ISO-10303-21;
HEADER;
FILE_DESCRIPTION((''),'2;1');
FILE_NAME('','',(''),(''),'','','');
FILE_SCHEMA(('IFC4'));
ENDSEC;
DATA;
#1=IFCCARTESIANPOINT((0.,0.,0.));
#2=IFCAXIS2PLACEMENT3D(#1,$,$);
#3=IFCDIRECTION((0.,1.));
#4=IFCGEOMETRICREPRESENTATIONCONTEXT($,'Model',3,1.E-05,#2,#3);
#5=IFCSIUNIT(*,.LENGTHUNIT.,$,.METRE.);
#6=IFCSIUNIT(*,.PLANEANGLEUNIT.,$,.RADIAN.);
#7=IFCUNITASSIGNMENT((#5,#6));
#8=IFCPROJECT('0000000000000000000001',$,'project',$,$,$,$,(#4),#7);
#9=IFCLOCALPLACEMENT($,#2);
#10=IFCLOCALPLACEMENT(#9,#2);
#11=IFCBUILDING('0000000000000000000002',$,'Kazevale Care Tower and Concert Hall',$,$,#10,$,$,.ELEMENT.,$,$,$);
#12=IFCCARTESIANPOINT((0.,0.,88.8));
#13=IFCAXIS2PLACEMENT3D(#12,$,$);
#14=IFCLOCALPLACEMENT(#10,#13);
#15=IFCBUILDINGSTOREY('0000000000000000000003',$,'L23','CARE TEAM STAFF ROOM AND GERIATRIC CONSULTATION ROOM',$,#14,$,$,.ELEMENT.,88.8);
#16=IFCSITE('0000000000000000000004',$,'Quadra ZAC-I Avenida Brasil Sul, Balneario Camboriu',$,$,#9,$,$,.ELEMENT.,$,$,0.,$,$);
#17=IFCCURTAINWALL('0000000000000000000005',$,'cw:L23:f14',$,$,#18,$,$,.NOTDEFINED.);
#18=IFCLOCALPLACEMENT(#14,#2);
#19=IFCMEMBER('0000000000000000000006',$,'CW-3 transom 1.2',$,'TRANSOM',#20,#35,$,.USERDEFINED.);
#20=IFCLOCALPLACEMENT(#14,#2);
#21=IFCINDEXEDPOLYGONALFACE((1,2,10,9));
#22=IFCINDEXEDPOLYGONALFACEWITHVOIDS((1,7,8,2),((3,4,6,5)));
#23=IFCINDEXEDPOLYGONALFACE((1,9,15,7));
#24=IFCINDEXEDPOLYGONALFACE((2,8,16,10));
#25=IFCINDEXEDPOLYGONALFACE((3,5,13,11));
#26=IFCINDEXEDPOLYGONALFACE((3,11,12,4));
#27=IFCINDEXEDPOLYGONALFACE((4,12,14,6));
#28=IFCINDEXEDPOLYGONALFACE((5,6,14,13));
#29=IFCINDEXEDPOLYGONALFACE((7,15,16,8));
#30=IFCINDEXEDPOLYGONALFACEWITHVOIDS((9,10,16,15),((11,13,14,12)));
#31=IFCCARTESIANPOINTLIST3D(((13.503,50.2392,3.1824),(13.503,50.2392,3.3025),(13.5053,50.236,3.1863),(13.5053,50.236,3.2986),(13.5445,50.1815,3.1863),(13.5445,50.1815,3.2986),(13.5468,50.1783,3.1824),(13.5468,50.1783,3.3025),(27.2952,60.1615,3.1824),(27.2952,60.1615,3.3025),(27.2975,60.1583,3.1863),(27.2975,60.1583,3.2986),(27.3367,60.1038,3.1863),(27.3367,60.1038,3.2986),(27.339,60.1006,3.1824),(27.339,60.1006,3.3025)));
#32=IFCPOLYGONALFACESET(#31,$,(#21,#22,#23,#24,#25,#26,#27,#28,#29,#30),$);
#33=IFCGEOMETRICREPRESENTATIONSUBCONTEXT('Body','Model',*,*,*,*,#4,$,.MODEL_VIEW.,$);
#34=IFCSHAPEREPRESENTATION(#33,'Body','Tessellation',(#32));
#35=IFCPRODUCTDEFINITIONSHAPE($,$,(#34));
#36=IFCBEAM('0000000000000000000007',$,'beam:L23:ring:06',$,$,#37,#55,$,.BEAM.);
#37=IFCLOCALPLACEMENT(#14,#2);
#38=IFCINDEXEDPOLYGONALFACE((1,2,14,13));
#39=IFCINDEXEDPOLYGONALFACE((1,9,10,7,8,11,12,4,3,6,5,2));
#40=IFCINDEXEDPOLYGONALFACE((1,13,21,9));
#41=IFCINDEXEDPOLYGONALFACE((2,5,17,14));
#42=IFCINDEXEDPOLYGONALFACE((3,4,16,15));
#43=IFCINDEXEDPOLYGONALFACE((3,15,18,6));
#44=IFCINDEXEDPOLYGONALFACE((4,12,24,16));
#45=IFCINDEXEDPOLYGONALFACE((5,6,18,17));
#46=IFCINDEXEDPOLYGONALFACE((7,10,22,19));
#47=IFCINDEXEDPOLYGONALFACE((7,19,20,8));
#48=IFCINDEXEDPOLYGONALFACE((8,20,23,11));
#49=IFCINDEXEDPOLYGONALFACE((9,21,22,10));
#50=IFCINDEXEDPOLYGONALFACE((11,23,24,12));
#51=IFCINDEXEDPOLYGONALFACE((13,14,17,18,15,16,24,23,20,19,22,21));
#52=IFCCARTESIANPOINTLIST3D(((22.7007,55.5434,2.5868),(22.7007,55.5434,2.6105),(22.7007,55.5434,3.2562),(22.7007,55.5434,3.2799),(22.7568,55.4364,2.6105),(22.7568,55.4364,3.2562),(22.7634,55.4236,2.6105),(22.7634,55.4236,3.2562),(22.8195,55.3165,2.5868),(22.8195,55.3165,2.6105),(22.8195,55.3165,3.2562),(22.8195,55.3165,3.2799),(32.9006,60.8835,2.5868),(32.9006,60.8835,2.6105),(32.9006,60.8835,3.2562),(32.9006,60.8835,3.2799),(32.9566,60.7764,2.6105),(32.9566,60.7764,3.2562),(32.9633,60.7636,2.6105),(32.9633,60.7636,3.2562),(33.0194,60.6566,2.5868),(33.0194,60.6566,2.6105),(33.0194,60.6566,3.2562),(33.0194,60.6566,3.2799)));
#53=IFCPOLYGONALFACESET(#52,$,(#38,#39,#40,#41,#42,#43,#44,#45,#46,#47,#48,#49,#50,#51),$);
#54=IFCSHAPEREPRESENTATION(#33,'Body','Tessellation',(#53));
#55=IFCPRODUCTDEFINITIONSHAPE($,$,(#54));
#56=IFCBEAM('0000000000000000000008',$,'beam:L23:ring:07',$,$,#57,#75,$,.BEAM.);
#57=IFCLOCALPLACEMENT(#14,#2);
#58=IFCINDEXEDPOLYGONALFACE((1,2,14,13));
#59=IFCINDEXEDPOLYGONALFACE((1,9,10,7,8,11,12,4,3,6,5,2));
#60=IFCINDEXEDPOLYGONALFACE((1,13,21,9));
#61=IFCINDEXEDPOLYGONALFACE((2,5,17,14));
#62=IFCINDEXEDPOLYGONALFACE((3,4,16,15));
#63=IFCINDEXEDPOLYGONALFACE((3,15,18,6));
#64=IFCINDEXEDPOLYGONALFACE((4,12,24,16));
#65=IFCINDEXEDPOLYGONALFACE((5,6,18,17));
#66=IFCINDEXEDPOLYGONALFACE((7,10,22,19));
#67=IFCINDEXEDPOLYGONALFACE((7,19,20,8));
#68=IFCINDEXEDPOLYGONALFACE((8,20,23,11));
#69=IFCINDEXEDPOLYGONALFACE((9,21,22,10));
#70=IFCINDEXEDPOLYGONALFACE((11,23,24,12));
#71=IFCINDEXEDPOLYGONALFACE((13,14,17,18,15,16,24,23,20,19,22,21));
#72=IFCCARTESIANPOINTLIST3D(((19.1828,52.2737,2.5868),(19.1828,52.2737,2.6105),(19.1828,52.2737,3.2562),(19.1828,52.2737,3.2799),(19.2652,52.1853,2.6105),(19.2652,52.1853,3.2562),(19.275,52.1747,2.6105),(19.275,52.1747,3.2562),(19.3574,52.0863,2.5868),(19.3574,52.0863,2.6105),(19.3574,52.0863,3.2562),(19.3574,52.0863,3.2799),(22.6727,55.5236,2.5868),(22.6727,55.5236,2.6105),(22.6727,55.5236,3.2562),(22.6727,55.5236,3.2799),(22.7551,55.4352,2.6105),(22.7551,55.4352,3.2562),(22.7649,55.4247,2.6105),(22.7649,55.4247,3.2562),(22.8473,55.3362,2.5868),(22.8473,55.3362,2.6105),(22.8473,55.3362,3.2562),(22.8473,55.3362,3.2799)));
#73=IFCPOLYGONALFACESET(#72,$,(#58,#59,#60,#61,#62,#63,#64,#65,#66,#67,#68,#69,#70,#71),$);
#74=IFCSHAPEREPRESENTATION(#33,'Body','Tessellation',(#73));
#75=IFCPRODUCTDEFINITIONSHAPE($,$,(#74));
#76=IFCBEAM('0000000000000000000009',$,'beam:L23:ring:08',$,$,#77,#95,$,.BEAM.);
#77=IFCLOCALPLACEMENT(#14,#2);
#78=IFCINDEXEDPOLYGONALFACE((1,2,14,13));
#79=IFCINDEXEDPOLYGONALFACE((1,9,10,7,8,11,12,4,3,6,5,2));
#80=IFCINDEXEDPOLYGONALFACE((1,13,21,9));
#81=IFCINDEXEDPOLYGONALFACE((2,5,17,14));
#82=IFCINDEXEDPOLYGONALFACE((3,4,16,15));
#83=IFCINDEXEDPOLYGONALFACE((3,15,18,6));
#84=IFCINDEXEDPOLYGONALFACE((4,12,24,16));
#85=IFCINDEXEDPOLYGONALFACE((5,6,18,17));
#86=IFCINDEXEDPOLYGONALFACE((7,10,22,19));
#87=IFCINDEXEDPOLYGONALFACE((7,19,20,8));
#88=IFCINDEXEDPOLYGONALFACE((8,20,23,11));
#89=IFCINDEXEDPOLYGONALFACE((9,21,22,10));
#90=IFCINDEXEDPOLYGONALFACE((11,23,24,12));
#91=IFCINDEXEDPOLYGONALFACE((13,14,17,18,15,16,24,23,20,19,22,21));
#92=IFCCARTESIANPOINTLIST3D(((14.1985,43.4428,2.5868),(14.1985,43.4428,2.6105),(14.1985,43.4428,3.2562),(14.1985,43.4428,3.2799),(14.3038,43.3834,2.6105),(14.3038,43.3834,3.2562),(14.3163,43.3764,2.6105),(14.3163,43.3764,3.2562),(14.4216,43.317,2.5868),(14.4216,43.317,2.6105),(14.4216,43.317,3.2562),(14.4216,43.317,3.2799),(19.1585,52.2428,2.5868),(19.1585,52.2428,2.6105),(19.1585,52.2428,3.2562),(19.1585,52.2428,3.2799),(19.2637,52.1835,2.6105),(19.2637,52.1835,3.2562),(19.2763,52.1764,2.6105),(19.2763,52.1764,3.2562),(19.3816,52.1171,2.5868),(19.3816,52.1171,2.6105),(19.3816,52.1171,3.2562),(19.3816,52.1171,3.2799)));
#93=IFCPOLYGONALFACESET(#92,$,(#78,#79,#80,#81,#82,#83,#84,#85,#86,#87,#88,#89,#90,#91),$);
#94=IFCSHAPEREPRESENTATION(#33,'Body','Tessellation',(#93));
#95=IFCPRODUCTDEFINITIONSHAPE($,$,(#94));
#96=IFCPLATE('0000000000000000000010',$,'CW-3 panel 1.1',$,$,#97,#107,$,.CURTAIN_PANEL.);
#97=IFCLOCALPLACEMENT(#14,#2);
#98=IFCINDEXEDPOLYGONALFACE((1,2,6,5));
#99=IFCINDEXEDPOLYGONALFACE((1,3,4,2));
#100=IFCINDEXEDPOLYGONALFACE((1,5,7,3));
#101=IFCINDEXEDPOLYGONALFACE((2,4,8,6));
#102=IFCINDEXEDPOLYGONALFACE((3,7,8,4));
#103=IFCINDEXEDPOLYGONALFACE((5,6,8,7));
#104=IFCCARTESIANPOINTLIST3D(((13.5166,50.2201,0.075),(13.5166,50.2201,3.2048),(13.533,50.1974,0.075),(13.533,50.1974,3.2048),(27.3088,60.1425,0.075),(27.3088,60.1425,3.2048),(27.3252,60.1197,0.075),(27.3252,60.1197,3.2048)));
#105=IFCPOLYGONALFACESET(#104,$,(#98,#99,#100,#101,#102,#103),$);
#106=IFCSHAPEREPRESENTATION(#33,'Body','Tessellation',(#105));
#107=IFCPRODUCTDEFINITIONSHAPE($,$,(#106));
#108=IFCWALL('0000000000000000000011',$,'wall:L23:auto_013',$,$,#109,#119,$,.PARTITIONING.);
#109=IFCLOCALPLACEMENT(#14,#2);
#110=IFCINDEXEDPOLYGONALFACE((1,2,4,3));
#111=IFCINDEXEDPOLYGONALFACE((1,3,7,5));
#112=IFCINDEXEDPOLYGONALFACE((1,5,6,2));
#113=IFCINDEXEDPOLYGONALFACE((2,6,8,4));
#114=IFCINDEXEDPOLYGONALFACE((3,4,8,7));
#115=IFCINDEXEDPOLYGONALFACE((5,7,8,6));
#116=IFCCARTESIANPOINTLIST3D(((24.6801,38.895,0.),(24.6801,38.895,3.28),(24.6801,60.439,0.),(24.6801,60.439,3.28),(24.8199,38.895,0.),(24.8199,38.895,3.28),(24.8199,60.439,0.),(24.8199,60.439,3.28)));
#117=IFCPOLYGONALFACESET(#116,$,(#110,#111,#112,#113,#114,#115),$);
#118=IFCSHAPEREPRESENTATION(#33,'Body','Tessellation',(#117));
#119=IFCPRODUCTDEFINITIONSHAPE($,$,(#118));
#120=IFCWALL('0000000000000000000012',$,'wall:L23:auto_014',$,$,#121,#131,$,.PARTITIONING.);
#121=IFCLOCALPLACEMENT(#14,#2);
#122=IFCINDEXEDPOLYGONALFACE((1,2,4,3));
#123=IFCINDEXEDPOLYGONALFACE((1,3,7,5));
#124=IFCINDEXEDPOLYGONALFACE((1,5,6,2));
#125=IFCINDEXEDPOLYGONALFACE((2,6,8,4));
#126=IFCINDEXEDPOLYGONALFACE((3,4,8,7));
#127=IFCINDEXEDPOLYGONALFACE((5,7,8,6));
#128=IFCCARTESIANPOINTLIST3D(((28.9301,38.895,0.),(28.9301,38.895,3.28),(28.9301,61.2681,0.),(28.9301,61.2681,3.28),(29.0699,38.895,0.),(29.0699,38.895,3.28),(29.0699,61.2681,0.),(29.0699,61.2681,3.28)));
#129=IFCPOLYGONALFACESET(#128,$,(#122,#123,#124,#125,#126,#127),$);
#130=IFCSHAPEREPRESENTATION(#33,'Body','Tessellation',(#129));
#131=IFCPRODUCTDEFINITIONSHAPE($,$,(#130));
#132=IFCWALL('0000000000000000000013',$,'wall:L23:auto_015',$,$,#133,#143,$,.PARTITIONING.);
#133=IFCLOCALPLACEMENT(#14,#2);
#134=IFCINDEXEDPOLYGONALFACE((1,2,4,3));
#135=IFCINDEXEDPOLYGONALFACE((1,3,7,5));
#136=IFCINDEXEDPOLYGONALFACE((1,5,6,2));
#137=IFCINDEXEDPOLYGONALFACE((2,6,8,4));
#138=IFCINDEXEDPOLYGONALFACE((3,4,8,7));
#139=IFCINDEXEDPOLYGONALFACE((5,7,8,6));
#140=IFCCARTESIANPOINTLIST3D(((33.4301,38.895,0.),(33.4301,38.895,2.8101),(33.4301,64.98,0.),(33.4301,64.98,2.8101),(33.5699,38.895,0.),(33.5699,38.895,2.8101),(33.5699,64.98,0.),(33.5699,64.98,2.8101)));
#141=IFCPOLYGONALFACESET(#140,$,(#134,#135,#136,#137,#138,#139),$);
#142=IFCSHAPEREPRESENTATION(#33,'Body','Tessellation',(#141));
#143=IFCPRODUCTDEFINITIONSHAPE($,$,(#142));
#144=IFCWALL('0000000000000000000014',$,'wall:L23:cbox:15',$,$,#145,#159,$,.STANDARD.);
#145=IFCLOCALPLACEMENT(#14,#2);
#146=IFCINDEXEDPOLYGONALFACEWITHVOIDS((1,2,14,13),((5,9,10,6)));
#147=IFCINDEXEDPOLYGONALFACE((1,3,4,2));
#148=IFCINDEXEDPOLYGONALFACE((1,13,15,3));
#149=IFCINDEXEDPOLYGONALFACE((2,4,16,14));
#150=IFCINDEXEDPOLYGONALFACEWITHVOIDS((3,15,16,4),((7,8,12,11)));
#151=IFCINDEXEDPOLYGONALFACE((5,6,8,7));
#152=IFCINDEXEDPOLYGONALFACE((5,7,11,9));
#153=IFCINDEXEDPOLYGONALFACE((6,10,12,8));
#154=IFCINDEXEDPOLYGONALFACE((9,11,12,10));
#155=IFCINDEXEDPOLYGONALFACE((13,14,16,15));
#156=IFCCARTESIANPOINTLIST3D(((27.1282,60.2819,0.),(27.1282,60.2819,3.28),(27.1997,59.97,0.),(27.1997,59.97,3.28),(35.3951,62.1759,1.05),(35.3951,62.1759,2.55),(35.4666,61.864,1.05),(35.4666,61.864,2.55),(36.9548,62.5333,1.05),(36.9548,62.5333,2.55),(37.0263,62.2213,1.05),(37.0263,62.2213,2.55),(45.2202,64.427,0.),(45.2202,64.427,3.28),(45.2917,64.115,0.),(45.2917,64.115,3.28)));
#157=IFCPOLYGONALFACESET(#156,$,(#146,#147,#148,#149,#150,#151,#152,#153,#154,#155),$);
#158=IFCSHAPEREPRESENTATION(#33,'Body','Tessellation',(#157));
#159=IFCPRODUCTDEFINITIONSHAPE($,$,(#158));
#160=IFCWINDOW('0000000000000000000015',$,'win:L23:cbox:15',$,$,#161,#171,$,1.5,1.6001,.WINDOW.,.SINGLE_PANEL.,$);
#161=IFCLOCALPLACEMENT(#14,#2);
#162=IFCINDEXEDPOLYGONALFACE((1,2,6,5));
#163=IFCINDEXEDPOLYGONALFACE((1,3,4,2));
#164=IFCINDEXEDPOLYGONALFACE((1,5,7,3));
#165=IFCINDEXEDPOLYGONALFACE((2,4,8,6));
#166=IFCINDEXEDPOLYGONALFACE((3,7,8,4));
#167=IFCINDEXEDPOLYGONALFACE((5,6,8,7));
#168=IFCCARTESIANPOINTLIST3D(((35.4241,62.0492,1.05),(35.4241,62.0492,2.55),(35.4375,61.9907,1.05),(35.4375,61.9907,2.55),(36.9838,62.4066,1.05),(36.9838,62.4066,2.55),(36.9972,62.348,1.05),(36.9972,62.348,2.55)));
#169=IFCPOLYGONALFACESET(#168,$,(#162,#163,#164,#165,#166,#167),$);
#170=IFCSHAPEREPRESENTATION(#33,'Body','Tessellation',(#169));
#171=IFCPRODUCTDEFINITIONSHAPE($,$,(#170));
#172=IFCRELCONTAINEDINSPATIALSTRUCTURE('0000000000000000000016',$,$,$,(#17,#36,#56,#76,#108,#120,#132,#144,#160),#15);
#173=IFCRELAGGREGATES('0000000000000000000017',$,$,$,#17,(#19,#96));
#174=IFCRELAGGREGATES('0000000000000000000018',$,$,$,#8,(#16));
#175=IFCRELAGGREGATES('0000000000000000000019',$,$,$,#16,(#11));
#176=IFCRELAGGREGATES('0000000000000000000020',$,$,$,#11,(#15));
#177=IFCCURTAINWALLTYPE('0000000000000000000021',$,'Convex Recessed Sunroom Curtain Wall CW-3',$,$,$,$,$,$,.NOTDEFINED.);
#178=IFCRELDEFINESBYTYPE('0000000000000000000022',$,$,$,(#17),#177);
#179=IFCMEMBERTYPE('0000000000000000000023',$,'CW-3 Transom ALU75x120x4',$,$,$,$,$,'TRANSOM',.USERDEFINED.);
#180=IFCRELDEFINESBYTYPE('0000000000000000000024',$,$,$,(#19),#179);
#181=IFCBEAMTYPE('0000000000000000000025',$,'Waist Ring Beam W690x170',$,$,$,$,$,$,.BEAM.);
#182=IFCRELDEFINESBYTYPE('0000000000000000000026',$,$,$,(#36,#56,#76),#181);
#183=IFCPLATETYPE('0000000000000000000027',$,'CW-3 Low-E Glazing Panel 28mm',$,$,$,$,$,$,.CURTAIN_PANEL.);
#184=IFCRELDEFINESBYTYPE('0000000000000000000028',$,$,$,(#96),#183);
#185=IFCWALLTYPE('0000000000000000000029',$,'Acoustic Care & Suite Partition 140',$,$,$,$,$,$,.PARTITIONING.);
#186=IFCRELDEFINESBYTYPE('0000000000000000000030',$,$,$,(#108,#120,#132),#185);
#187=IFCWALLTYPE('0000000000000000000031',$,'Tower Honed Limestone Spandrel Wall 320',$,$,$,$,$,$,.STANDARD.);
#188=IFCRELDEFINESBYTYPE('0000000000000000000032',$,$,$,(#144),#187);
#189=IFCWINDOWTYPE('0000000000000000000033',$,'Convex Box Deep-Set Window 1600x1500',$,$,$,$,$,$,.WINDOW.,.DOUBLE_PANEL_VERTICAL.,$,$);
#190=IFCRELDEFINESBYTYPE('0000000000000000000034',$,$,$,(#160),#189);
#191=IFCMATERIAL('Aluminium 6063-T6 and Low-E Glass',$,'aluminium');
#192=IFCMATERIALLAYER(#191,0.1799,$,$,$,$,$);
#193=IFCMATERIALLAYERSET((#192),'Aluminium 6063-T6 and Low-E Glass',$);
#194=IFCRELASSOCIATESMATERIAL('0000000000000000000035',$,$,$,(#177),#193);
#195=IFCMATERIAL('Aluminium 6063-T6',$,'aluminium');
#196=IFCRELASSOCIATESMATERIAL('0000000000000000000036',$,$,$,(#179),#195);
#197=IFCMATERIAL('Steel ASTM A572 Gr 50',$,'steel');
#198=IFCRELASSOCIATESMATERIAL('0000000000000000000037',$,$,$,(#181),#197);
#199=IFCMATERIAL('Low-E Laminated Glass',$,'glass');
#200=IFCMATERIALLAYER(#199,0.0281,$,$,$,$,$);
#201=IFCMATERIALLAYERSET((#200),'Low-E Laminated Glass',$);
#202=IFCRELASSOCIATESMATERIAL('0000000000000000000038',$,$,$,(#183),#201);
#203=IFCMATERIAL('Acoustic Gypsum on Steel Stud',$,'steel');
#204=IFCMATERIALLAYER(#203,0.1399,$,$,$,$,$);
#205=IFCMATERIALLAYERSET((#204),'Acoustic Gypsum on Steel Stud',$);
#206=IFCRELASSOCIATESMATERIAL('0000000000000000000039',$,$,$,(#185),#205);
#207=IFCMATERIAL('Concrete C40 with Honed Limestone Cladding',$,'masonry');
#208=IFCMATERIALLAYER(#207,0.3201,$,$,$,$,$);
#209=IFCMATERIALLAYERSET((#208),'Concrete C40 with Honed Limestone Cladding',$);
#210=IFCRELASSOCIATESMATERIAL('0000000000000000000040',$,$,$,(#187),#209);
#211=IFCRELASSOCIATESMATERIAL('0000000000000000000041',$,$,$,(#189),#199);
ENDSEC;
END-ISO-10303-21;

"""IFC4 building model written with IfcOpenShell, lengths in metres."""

from ifc_helpers import new_model, si_unit, direction, frame, frame_2d, origin, origin_2d, place, context, subcontext, project, spatial, rectangle, hollow_rectangle, i_section, extrude, material, layer, layer_set, material_profile, profile_set, type_object, element, fill, aggregate, save


model = new_model("IFC4")

# Units and contexts
model_context = context("Model", 3, precision=1e-05, world=origin(), true_north=direction((0.0, 1.0)))
body_context = subcontext(model_context, "Body", "Model", "MODEL_VIEW")
ifc_project = project(units=[si_unit("LENGTHUNIT", "METRE"), si_unit("PLANEANGLEUNIT", "RADIAN")], contexts=[model_context])

# Site, building, storey
site_placement = place(None, origin())
site = spatial("IfcSite", under=ifc_project, at=site_placement, Name="Quadra ZAC-I Avenida Brasil Sul, Balneario Camboriu", CompositionType="ELEMENT", RefElevation=0.0)
building_placement = place(site_placement, origin())
building = spatial("IfcBuilding", under=site, at=building_placement, Name="Kazevale Care Tower and Concert Hall", CompositionType="ELEMENT")
storey_placement = place(building_placement, frame((0.0, 0.0, 88.8)))
storey = spatial("IfcBuildingStorey", under=building, at=storey_placement, Name="L23", Description="CARE TEAM STAFF ROOM AND GERIATRIC CONSULTATION ROOM", CompositionType="ELEMENT", Elevation=88.8)

# Curtain wall, member
ifc_material_1 = material(Name="Aluminium 6063-T6 and Low-E Glass", Category="aluminium")
ifc_layer_1 = layer(ifc_material_1, 0.1799)
ifc_layer_set_1 = layer_set([ifc_layer_1], Name="Aluminium 6063-T6 and Low-E Glass")
curtain_wall_type = type_object("IfcCurtainWallType", Name="Convex Recessed Sunroom Curtain Wall CW-3", PredefinedType="NOTDEFINED", material=ifc_layer_set_1)
curtain_wall_placement = place(storey_placement, origin())
curtain_wall = element("IfcCurtainWall", 1, at=curtain_wall_placement, inside=storey, type_object=curtain_wall_type, Name="cw:L23:f14", PredefinedType="NOTDEFINED")
ifc_material_2 = material(Name="Aluminium 6063-T6", Category="aluminium")
ifc_material_profile_1 = material_profile(ifc_material_2, hollow_rectangle(XDim=0.075, YDim=0.1201, WallThickness=0.0039, at=origin_2d()), Name="ALU75x120x4")
ifc_profile_set_1 = profile_set([ifc_material_profile_1], Name="Aluminium 6063-T6")
member_type_1 = type_object("IfcMemberType", Name="CW-3 Transom ALU75x120x4", ElementType="TRANSOM", PredefinedType="USERDEFINED", material=ifc_profile_set_1)
member_1_placement = place(storey_placement, frame((13.5249, 50.2087, 3.2424), z_axis=(0.811759, 0.583993, 0.0), x_axis=(-0.583993, 0.811759, 0.0)))
member_1 = element("IfcMember", 2, at=member_1_placement, type_object=member_type_1, Name="CW-3 transom 1.2", ObjectType="TRANSOM", PredefinedType="USERDEFINED", context=body_context, shape_type="SweptSolid", body=[
    extrude(hollow_rectangle(XDim=0.075, YDim=0.1201, WallThickness=0.0039, at=origin_2d()), origin(), (0.0, 0.0, 1.0), 16.9905),
])

# Beams
ifc_material_3 = material(Name="Steel ASTM A572 Gr 50", Category="steel")
ifc_material_profile_2 = material_profile(ifc_material_3, i_section(OverallWidth=0.2561, OverallDepth=0.6931, WebThickness=0.0144, FlangeThickness=0.0237, at=origin_2d()), Name="W690x170")
ifc_profile_set_2 = profile_set([ifc_material_profile_2], Name="Steel ASTM A572 Gr 50")
beam_type = type_object("IfcBeamType", Name="Waist Ring Beam W690x170", PredefinedType="BEAM", material=ifc_profile_set_2)
beam_1_placement = place(storey_placement, frame((32.96, 60.77, 2.9333), z_axis=(-0.885929, -0.46382, 0.0), x_axis=(0.46382, -0.885929, 0.0)))
element("IfcBeam", 3, at=beam_1_placement, inside=storey, type_object=beam_type, Name="beam:L23:ring:06", PredefinedType="BEAM", context=body_context, shape_type="SweptSolid", body=[
    extrude(i_section(OverallWidth=0.2561, OverallDepth=0.6931, WebThickness=0.0144, FlangeThickness=0.0237, at=origin_2d()), origin(), (0.0, 0.0, 1.0), 11.5132),
])
beam_2_placement = place(storey_placement, frame((22.76, 55.4299, 2.9333), z_axis=(-0.731821, -0.681497, 0.0), x_axis=(0.681497, -0.731821, 0.0)))
element("IfcBeam", 4, at=beam_2_placement, inside=storey, type_object=beam_type, Name="beam:L23:ring:07", PredefinedType="BEAM", context=body_context, shape_type="SweptSolid", body=[
    extrude(i_section(OverallWidth=0.2561, OverallDepth=0.6931, WebThickness=0.0144, FlangeThickness=0.0237, at=origin_2d()), origin(), (0.0, 0.0, 1.0), 4.7688),
])
beam_3_placement = place(storey_placement, frame((19.27, 52.1799, 2.9333), z_axis=(-0.491008, -0.871155, 0.0), x_axis=(0.871155, -0.491008, 0.0)))
element("IfcBeam", 5, at=beam_3_placement, inside=storey, type_object=beam_type, Name="beam:L23:ring:08", PredefinedType="BEAM", context=body_context, shape_type="SweptSolid", body=[
    extrude(i_section(OverallWidth=0.2561, OverallDepth=0.6931, WebThickness=0.0144, FlangeThickness=0.0237, at=origin_2d()), origin(), (0.0, 0.0, 1.0), 10.1016),
])

# Plate
ifc_material_4 = material(Name="Low-E Laminated Glass", Category="glass")
ifc_layer_2 = layer(ifc_material_4, 0.0281)
ifc_layer_set_2 = layer_set([ifc_layer_2], Name="Low-E Laminated Glass")
plate_type = type_object("IfcPlateType", Name="CW-3 Low-E Glazing Panel 28mm", PredefinedType="CURTAIN_PANEL", material=ifc_layer_set_2)
plate_placement = place(storey_placement, frame((20.4209, 55.1699, 0.075), z_axis=(0.0, 0.0, 1.0), x_axis=(0.811758, 0.583994, 0.0)))
plate = element("IfcPlate", 6, at=plate_placement, type_object=plate_type, Name="CW-3 panel 1.1", PredefinedType="CURTAIN_PANEL", context=body_context, shape_type="SweptSolid", body=[
    extrude(rectangle(XDim=16.9905, YDim=0.0281, at=origin_2d()), origin(), (0.0, 0.0, 1.0), 3.1299),
])
aggregate(curtain_wall, [member_1, plate])

# Walls
ifc_material_5 = material(Name="Acoustic Gypsum on Steel Stud", Category="steel")
ifc_layer_3 = layer(ifc_material_5, 0.1399)
ifc_layer_set_3 = layer_set([ifc_layer_3], Name="Acoustic Gypsum on Steel Stud")
wall_type_1 = type_object("IfcWallType", Name="Acoustic Care & Suite Partition 140", PredefinedType="PARTITIONING", material=ifc_layer_set_3)
wall_1_placement = place(storey_placement, frame((24.75, 60.439, 0.0), z_axis=(0.0, 0.0, 1.0), x_axis=(0.0, -1.0, 0.0)))
element("IfcWall", 7, at=wall_1_placement, inside=storey, type_object=wall_type_1, Name="wall:L23:auto_013", PredefinedType="PARTITIONING", context=body_context, shape_type="SweptSolid", body=[
    extrude(rectangle(XDim=21.5439, YDim=0.1399, at=frame_2d((10.772, 0.0))), origin(), (0.0, 0.0, 1.0), 3.28),
])
wall_2_placement = place(storey_placement, frame((29.0, 61.2681, 0.0), z_axis=(0.0, 0.0, 1.0), x_axis=(0.0, -1.0, 0.0)))
element("IfcWall", 8, at=wall_2_placement, inside=storey, type_object=wall_type_1, Name="wall:L23:auto_014", PredefinedType="PARTITIONING", context=body_context, shape_type="SweptSolid", body=[
    extrude(rectangle(XDim=22.373, YDim=0.1399, at=frame_2d((11.1865, 0.0))), origin(), (0.0, 0.0, 1.0), 3.28),
])
wall_3_placement = place(storey_placement, frame((33.5, 64.98, 0.0), z_axis=(0.0, 0.0, 1.0), x_axis=(0.0, -1.0, 0.0)))
element("IfcWall", 9, at=wall_3_placement, inside=storey, type_object=wall_type_1, Name="wall:L23:auto_015", PredefinedType="PARTITIONING", context=body_context, shape_type="SweptSolid", body=[
    extrude(rectangle(XDim=26.085, YDim=0.1399, at=frame_2d((13.0425, 0.0))), origin(), (0.0, 0.0, 1.0), 2.8101),
])

# Wall, opening, window
ifc_material_6 = material(Name="Concrete C40 with Honed Limestone Cladding", Category="masonry")
ifc_layer_4 = layer(ifc_material_6, 0.3201)
ifc_layer_set_4 = layer_set([ifc_layer_4], Name="Concrete C40 with Honed Limestone Cladding")
wall_type_2 = type_object("IfcWallType", Name="Tower Honed Limestone Spandrel Wall 320", PredefinedType="STANDARD", material=ifc_layer_set_4)
wall_4_placement = place(storey_placement, frame((27.1641, 60.126, 0.0), z_axis=(0.0, 0.0, 1.0), x_axis=(0.974745, 0.223321, 0.0)))
wall_4 = element("IfcWall", 10, at=wall_4_placement, inside=storey, type_object=wall_type_2, Name="wall:L23:cbox:15", PredefinedType="STANDARD", context=body_context, shape_type="SweptSolid", body=[
    extrude(rectangle(XDim=18.5608, YDim=0.3201, at=frame_2d((9.2803, 0.0))), origin(), (0.0, 0.0, 1.0), 3.28),
])
opening_placement = place(wall_4_placement, frame((8.481, 0.0, 1.05)))
opening = element("IfcOpeningElement", 11, at=opening_placement, cuts=wall_4, PredefinedType="OPENING", context=body_context, shape_type="SweptSolid", body=[
    extrude(rectangle(XDim=1.6001, YDim=1.5, at=frame_2d((0.8, 0.75))), frame((0.0, 0.1699, 0.0), z_axis=(0.0, -1.0, 0.0), x_axis=(1.0, 0.0, 0.0)), (0.0, 0.0, 1.0), 0.3401),
])
window_type = type_object("IfcWindowType", Name="Convex Box Deep-Set Window 1600x1500", PartitioningType="DOUBLE_PANEL_VERTICAL", PredefinedType="WINDOW", material=ifc_material_4)
window_placement = place(opening_placement, origin())
window = element("IfcWindow", 12, at=window_placement, inside=storey, type_object=window_type, Name="win:L23:cbox:15", OverallHeight=1.5, OverallWidth=1.6001, PartitioningType="SINGLE_PANEL", PredefinedType="WINDOW", context=body_context, shape_type="SweptSolid", body=[
    extrude(rectangle(XDim=1.6001, YDim=1.5, at=frame_2d((0.8, 0.75))), frame((0.0, 0.03, 0.0), z_axis=(0.0, -1.0, 0.0), x_axis=(1.0, 0.0, 0.0)), (0.0, 0.0, 1.0), 0.0601),
])
fill(opening, window)

save(model, "model.ifc")
